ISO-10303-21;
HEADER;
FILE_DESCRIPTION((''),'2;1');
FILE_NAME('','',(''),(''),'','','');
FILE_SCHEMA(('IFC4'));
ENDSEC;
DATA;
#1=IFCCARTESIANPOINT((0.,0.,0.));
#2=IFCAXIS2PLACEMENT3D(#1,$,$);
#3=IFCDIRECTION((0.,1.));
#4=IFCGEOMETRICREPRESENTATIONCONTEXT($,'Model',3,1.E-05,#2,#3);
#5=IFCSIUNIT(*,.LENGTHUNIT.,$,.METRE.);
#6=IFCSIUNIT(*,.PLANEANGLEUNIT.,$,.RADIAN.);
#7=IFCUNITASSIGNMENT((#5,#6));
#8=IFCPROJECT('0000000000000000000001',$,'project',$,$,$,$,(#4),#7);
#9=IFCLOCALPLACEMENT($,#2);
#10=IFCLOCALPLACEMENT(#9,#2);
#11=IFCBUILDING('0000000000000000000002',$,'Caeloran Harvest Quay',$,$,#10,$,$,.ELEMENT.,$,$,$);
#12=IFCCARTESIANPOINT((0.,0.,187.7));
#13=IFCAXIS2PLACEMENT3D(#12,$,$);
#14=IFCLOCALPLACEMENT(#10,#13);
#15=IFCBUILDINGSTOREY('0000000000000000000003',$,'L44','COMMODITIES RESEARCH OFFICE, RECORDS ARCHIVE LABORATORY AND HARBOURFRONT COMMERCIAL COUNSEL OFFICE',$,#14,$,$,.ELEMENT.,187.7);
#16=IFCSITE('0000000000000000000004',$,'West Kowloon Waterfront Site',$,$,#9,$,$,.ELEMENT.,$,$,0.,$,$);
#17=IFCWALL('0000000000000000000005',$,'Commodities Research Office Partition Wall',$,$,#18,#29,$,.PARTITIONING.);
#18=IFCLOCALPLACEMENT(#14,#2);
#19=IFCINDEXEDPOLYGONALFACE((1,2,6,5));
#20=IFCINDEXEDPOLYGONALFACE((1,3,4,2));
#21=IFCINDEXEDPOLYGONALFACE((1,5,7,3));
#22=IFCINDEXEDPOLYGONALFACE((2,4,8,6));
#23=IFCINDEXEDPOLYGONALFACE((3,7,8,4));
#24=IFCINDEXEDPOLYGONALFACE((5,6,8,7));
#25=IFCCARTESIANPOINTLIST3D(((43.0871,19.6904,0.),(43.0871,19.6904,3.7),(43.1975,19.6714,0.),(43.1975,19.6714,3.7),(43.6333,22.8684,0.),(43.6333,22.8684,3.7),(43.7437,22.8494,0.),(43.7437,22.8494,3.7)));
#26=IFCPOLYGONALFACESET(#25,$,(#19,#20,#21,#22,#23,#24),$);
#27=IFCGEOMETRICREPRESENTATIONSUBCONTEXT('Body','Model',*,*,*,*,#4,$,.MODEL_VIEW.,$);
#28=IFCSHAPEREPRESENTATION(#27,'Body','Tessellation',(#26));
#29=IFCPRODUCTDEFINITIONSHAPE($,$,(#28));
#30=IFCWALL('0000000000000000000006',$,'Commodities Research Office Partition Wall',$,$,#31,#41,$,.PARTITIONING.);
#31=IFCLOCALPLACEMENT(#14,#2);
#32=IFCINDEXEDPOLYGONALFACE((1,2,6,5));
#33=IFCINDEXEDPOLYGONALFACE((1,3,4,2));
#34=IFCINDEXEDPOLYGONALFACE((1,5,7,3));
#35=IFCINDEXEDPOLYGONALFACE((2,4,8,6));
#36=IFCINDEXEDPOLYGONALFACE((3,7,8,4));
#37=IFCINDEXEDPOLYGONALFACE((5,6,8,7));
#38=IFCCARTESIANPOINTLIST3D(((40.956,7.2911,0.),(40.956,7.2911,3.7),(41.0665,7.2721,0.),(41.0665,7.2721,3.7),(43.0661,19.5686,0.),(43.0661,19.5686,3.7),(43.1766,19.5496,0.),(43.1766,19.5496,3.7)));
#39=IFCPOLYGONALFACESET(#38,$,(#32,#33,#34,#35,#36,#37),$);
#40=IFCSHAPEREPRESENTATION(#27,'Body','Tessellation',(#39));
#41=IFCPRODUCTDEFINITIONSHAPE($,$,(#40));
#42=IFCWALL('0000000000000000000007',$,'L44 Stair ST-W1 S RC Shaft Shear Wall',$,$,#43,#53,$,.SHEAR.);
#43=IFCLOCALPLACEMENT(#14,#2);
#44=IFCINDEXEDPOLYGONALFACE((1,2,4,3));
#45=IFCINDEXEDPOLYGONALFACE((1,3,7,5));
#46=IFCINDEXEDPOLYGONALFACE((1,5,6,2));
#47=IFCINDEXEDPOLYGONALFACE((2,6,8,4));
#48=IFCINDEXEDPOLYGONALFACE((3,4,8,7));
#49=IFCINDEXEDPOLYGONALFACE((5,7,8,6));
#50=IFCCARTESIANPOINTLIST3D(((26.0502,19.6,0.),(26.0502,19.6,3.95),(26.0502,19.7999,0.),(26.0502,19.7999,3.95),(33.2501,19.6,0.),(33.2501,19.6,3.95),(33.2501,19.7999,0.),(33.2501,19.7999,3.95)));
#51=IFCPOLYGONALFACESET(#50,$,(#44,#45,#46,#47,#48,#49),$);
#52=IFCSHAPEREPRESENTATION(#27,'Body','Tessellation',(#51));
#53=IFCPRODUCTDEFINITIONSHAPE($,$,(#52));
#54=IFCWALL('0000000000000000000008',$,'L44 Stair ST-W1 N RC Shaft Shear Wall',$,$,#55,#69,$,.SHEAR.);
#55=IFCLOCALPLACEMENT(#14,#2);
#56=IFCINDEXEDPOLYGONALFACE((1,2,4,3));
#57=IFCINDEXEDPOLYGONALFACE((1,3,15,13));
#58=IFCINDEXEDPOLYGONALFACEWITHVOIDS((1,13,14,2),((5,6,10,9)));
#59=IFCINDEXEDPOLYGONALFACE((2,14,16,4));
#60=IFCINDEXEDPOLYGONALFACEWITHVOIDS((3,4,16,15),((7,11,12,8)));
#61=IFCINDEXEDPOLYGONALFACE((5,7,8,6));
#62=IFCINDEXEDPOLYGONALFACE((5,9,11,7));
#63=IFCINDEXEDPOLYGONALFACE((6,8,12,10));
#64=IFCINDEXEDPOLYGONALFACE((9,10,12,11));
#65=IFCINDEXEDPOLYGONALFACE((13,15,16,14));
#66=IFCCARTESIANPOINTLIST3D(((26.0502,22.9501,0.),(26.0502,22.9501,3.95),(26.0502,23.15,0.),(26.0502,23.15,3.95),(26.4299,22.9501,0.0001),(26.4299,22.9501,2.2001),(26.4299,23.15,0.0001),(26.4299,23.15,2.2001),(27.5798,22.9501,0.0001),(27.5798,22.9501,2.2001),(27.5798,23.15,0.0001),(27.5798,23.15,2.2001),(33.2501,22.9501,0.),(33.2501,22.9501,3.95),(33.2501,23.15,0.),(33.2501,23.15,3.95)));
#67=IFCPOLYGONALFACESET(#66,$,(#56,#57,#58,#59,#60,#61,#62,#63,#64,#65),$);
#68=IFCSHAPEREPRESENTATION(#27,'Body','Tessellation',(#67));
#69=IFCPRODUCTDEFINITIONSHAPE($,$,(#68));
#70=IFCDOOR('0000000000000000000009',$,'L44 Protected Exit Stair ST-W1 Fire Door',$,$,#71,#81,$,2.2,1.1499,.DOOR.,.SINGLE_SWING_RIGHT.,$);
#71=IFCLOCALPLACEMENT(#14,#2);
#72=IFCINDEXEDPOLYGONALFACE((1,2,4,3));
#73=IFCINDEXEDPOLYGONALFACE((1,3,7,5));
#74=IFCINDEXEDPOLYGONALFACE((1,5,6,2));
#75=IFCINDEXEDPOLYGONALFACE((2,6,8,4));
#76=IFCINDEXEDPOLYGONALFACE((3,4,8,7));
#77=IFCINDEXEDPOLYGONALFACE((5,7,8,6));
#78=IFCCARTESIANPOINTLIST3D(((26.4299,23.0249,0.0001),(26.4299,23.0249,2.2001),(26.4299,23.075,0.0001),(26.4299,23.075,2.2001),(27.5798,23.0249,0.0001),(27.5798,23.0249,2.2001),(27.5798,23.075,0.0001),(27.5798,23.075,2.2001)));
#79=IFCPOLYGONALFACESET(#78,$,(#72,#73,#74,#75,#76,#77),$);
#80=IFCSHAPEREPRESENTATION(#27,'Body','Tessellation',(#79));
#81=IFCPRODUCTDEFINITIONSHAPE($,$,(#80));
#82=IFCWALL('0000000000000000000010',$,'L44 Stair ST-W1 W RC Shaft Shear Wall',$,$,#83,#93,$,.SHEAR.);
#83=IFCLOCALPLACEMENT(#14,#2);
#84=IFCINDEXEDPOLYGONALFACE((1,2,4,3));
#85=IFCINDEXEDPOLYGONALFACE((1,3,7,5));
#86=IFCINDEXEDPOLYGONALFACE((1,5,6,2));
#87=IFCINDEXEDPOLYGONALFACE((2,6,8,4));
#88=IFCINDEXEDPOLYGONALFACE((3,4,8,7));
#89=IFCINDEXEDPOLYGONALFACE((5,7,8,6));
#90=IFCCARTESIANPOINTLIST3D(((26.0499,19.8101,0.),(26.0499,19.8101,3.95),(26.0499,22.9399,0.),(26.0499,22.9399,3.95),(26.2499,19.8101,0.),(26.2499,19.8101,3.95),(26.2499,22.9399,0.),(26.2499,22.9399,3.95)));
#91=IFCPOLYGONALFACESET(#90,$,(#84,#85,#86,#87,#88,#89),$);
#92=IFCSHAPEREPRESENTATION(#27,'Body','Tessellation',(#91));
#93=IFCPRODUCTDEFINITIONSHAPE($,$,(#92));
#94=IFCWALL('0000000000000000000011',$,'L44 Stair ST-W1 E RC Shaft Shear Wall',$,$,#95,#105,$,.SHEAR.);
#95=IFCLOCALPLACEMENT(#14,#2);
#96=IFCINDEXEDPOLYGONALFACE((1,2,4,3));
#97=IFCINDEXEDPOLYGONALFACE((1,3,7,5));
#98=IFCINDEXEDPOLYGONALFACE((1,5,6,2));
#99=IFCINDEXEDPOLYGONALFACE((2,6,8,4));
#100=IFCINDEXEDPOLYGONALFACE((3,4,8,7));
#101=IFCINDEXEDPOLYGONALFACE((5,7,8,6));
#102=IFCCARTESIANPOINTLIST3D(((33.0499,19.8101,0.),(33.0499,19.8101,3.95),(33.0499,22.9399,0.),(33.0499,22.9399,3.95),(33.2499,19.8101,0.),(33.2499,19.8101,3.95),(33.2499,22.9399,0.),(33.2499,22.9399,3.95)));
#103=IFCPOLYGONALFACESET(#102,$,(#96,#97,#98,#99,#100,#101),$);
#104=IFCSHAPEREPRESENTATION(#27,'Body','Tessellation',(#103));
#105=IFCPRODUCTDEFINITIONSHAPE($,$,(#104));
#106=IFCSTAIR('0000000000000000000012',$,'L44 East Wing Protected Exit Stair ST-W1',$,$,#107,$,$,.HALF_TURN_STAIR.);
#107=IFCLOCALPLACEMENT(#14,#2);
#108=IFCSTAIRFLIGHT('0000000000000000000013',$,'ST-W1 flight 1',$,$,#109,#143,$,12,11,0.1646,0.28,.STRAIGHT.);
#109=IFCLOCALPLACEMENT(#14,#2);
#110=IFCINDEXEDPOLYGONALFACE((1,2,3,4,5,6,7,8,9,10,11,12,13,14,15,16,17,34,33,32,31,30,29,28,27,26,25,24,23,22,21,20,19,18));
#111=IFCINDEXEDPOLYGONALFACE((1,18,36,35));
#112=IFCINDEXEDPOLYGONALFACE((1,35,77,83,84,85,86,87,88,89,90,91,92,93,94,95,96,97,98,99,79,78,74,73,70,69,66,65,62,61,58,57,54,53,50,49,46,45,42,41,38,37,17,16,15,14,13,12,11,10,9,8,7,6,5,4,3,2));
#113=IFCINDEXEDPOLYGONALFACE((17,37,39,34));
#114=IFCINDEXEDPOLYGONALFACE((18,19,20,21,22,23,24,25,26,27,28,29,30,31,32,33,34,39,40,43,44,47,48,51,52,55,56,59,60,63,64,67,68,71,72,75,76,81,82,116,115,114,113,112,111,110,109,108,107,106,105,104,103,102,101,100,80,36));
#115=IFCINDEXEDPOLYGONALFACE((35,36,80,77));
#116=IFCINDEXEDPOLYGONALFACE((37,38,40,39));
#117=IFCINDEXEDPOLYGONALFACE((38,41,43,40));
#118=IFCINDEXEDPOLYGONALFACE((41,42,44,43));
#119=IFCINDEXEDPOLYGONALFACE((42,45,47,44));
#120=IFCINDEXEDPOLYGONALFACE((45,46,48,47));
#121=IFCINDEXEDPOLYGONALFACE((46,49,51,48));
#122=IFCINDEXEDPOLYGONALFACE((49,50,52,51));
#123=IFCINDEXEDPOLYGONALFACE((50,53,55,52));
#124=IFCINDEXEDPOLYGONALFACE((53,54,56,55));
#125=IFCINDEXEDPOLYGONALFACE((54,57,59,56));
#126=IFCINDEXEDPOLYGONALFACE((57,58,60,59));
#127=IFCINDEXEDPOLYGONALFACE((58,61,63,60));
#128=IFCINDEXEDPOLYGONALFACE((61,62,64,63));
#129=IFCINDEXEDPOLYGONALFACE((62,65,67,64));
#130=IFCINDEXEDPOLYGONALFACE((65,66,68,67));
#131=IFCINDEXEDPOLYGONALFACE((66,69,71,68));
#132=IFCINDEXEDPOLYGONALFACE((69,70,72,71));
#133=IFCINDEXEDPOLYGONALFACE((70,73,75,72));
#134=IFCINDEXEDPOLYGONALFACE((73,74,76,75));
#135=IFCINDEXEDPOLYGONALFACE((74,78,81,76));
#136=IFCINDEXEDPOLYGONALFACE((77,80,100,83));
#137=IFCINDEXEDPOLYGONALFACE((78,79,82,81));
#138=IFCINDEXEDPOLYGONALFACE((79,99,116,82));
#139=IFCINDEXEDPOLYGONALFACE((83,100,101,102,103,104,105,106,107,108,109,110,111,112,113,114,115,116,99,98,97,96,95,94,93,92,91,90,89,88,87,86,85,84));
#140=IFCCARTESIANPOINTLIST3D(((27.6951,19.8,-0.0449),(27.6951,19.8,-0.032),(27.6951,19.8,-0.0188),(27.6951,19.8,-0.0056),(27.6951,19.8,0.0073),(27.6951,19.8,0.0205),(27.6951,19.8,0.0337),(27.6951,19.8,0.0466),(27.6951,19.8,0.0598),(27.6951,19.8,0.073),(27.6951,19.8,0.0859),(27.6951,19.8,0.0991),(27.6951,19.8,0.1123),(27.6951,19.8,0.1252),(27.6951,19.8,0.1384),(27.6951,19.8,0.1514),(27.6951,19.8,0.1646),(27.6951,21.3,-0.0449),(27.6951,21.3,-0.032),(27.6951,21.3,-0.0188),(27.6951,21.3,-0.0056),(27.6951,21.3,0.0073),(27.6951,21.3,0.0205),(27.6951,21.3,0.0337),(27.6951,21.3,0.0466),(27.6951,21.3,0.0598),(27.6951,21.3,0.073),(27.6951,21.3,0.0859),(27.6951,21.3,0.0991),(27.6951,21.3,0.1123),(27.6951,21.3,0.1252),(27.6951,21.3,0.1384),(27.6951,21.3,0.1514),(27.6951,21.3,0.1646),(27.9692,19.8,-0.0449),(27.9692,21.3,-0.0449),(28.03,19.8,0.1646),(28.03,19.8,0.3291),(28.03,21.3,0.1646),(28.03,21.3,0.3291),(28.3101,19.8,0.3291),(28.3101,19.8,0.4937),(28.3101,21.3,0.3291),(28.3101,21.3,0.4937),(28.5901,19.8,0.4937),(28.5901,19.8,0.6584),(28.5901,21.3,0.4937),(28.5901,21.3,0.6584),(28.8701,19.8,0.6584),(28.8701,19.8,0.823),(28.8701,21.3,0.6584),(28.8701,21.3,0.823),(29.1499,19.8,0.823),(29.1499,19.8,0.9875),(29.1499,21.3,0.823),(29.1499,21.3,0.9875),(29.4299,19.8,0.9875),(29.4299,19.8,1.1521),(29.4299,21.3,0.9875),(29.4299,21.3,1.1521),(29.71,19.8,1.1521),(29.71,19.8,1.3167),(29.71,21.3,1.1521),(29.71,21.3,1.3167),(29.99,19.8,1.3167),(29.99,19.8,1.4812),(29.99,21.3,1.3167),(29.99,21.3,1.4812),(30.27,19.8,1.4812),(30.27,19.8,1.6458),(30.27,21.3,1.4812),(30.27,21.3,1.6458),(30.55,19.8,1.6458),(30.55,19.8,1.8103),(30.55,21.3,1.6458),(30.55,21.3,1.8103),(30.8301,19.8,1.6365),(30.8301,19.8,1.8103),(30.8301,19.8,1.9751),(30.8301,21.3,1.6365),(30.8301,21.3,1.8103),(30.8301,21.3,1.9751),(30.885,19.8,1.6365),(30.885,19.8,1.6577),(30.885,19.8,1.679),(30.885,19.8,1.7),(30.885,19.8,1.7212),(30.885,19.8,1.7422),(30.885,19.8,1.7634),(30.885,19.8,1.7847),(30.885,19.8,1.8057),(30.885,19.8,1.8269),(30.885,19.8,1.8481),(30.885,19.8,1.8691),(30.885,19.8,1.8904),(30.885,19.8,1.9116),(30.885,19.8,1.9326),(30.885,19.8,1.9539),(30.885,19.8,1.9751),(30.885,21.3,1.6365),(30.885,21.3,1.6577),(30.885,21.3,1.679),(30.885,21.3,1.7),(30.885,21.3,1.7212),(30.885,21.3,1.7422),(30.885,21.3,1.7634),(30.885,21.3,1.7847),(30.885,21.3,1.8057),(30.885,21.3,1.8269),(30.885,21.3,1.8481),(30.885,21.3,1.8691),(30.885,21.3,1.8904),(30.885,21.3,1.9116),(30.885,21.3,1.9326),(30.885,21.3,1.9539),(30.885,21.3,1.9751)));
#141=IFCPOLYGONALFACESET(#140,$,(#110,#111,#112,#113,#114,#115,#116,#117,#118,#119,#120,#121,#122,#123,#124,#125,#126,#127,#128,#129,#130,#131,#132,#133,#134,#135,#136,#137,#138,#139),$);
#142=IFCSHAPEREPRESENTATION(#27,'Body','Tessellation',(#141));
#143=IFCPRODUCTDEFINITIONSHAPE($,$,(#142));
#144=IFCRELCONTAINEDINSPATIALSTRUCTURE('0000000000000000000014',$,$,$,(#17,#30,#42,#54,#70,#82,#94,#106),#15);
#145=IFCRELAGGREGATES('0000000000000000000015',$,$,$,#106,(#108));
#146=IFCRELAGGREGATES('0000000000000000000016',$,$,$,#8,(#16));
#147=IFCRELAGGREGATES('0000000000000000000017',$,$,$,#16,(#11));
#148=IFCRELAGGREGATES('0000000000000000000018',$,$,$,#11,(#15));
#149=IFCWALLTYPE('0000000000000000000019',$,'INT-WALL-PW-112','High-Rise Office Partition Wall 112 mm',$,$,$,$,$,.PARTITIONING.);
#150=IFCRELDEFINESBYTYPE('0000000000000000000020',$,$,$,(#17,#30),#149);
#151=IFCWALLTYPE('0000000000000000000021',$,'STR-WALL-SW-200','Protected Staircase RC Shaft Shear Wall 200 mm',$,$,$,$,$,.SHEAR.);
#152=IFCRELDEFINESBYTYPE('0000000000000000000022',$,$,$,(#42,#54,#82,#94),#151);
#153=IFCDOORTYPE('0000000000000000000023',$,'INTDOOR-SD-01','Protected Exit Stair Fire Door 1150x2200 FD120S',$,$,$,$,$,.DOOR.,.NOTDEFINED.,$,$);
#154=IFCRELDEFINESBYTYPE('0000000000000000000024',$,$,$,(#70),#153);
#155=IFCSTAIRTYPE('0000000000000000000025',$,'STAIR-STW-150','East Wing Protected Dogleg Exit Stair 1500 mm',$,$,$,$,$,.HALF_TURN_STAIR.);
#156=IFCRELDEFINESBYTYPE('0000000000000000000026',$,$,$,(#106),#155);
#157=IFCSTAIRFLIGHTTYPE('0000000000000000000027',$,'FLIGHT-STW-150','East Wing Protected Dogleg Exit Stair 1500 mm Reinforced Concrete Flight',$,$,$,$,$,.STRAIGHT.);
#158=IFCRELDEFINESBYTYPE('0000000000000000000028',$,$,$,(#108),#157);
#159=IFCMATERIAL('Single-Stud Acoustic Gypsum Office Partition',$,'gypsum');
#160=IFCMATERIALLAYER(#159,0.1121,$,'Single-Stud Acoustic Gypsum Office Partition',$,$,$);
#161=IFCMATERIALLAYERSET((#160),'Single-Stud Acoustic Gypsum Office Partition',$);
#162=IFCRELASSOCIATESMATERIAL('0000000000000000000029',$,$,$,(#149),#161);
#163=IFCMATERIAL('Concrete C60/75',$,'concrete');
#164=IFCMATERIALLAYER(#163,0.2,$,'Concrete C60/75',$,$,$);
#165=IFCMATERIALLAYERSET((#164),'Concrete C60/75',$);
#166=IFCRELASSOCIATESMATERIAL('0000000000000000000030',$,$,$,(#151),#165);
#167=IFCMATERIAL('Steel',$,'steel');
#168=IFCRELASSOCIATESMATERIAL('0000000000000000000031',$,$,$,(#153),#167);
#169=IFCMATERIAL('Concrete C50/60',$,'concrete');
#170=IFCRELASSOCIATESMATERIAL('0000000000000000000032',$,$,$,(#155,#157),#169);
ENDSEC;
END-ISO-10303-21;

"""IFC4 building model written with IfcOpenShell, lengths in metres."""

from ifc_helpers import new_model, si_unit, direction, frame, frame_2d, origin, place, context, subcontext, project, spatial, polyline, rectangle, outline, extrude, material, layer, layer_set, type_object, element, fill, aggregate, save


model = new_model("IFC4")

# Units and contexts
model_context = context("Model", 3, precision=1e-05, world=origin(), true_north=direction((0.0, 1.0)))
body_context = subcontext(model_context, "Body", "Model", "MODEL_VIEW")
ifc_project = project(units=[si_unit("LENGTHUNIT", "METRE"), si_unit("PLANEANGLEUNIT", "RADIAN")], contexts=[model_context])

# Site, building, storey
site_placement = place(None, origin())
site = spatial("IfcSite", under=ifc_project, at=site_placement, Name="West Kowloon Waterfront Site", CompositionType="ELEMENT", RefElevation=0.0)
building_placement = place(site_placement, origin())
building = spatial("IfcBuilding", under=site, at=building_placement, Name="Caeloran Harvest Quay", CompositionType="ELEMENT")
storey_placement = place(building_placement, frame((0.0, 0.0, 187.7)))
storey = spatial("IfcBuildingStorey", under=building, at=storey_placement, Name="L44", Description="COMMODITIES RESEARCH OFFICE, RECORDS ARCHIVE LABORATORY AND HARBOURFRONT COMMERCIAL COUNSEL OFFICE", CompositionType="ELEMENT", Elevation=187.7)

# Walls
ifc_material_1 = material(Name="Single-Stud Acoustic Gypsum Office Partition", Category="gypsum")
ifc_layer_1 = layer(ifc_material_1, 0.1121, Name="Single-Stud Acoustic Gypsum Office Partition")
ifc_layer_set_1 = layer_set([ifc_layer_1], Name="Single-Stud Acoustic Gypsum Office Partition")
wall_type_1 = type_object("IfcWallType", Name="INT-WALL-PW-112", Description="High-Rise Office Partition Wall 112 mm", PredefinedType="PARTITIONING", material=ifc_layer_set_1)
wall_1_placement = place(storey_placement, frame((43.6885, 22.8589, 0.0), z_axis=(0.0, 0.0, 1.0), x_axis=(-0.169369, -0.985553, 0.0)))
element("IfcWall", 1, at=wall_1_placement, inside=storey, type_object=wall_type_1, Name="Commodities Research Office Partition Wall", PredefinedType="PARTITIONING", context=body_context, shape_type="SweptSolid", body=[
    extrude(rectangle(XDim=3.2246, YDim=0.1121, at=frame_2d((1.6123, 0.0))), origin(), (0.0, 0.0, 1.0), 3.7),
])
wall_2_placement = place(storey_placement, frame((43.1213, 19.5591, 0.0), z_axis=(0.0, 0.0, 1.0), x_axis=(-0.169383, -0.98555, 0.0)))
element("IfcWall", 2, at=wall_2_placement, inside=storey, type_object=wall_type_1, Name="Commodities Research Office Partition Wall", PredefinedType="PARTITIONING", context=body_context, shape_type="SweptSolid", body=[
    extrude(rectangle(XDim=12.4575, YDim=0.1121, at=frame_2d((6.2288, 0.0))), origin(), (0.0, 0.0, 1.0), 3.7),
])
ifc_material_2 = material(Name="Concrete C60/75", Category="concrete")
ifc_layer_2 = layer(ifc_material_2, 0.2, Name="Concrete C60/75")
ifc_layer_set_2 = layer_set([ifc_layer_2], Name="Concrete C60/75")
wall_type_2 = type_object("IfcWallType", Name="STR-WALL-SW-200", Description="Protected Staircase RC Shaft Shear Wall 200 mm", PredefinedType="SHEAR", material=ifc_layer_set_2)
wall_3_placement = place(storey_placement, frame((26.05, 19.7, 0.0), z_axis=(0.0, 0.0, 1.0), x_axis=(1.0, 0.0, 0.0)))
element("IfcWall", 3, at=wall_3_placement, inside=storey, type_object=wall_type_2, Name="L44 Stair ST-W1 S RC Shaft Shear Wall", PredefinedType="SHEAR", context=body_context, shape_type="SweptSolid", body=[
    extrude(rectangle(XDim=7.2, YDim=0.2, at=frame_2d((3.6001, 0.0))), origin(), (0.0, 0.0, 1.0), 3.95),
])

# Wall, opening, door
wall_4_placement = place(storey_placement, frame((26.05, 23.05, 0.0), z_axis=(0.0, 0.0, 1.0), x_axis=(1.0, 0.0, 0.0)))
wall_4 = element("IfcWall", 4, at=wall_4_placement, inside=storey, type_object=wall_type_2, Name="L44 Stair ST-W1 N RC Shaft Shear Wall", PredefinedType="SHEAR", context=body_context, shape_type="SweptSolid", body=[
    extrude(rectangle(XDim=7.2, YDim=0.2, at=frame_2d((3.6001, 0.0))), origin(), (0.0, 0.0, 1.0), 3.95),
])
opening_placement = place(wall_4_placement, frame((0.3799, 0.0, 0.0)))
opening = element("IfcOpeningElement", 5, at=opening_placement, cuts=wall_4, PredefinedType="OPENING", context=body_context, shape_type="SweptSolid", body=[
    extrude(rectangle(XDim=1.1499, YDim=2.2, at=frame_2d((0.575, 1.1001))), frame((0.0, 0.1099, 0.0), z_axis=(0.0, -1.0, 0.0), x_axis=(1.0, 0.0, 0.0)), (0.0, 0.0, 1.0), 0.22),
])
ifc_material_3 = material(Name="Steel", Category="steel")
door_type = type_object("IfcDoorType", Name="INTDOOR-SD-01", Description="Protected Exit Stair Fire Door 1150x2200 FD120S", OperationType="NOTDEFINED", PredefinedType="DOOR", material=ifc_material_3)
door_placement = place(opening_placement, origin())
door = element("IfcDoor", 6, at=door_placement, inside=storey, type_object=door_type, Name="L44 Protected Exit Stair ST-W1 Fire Door", OperationType="SINGLE_SWING_RIGHT", OverallHeight=2.2, OverallWidth=1.1499, PredefinedType="DOOR", context=body_context, shape_type="SweptSolid", body=[
    extrude(rectangle(XDim=1.1499, YDim=2.2, at=frame_2d((0.575, 1.1001))), frame((0.0, 0.0249, 0.0), z_axis=(0.0, -1.0, 0.0), x_axis=(1.0, 0.0, 0.0)), (0.0, 0.0, 1.0), 0.05),
])
fill(opening, door)

# Walls
for number, where, z_axis, x_axis, name in (
    (7, (26.1499, 19.8101, 0.0), (0.0, 0.0, 1.0), (0.0, 1.0, 0.0), "L44 Stair ST-W1 W RC Shaft Shear Wall"),
    (8, (33.1499, 19.8101, 0.0), (0.0, 0.0, 1.0), (0.0, 1.0, 0.0), "L44 Stair ST-W1 E RC Shaft Shear Wall"),
):
    element("IfcWall", number, at=place(storey_placement, frame(where, z_axis=z_axis, x_axis=x_axis)), inside=storey, type_object=wall_type_2, Name=name, PredefinedType="SHEAR", context=body_context, shape_type="SweptSolid", body=[
        extrude(rectangle(XDim=3.1299, YDim=0.2, at=frame_2d((1.5649, 0.0))), origin(), (0.0, 0.0, 1.0), 3.95),
    ])

# Stair, stair flight
ifc_material_4 = material(Name="Concrete C50/60", Category="concrete")
stair_type = type_object("IfcStairType", Name="STAIR-STW-150", Description="East Wing Protected Dogleg Exit Stair 1500 mm", PredefinedType="HALF_TURN_STAIR", material=ifc_material_4)
stair_placement = place(storey_placement, origin())
stair = element("IfcStair", 9, at=stair_placement, inside=storey, type_object=stair_type, Name="L44 East Wing Protected Exit Stair ST-W1", PredefinedType="HALF_TURN_STAIR")
stair_flight_type = type_object("IfcStairFlightType", Name="FLIGHT-STW-150", Description="East Wing Protected Dogleg Exit Stair 1500 mm Reinforced Concrete Flight", PredefinedType="STRAIGHT", material=ifc_material_4)
stair_flight_1_placement = place(storey_placement, frame((27.75, 20.55, 0.0), z_axis=(0.0, 0.0, 1.0), x_axis=(1.0, 0.0, 0.0)))
stair_flight_1 = element("IfcStairFlight", 10, at=stair_flight_1_placement, type_object=stair_flight_type, Name="ST-W1 flight 1", NumberOfRisers=12, NumberOfTreads=11, PredefinedType="STRAIGHT", RiserHeight=0.1646, TreadLength=0.28, context=body_context, shape_type="SweptSolid", body=[
    extrude(outline(polyline([(-0.0549, -0.0449), (-0.0549, -0.032), (-0.0549, -0.0188), (-0.0549, -0.0056), (-0.0549, 0.0073), (-0.0549, 0.0205), (-0.0549, 0.0337), (-0.0549, 0.0466), (-0.0549, 0.0598), (-0.0549, 0.073), (-0.0549, 0.0859), (-0.0549, 0.0991), (-0.0549, 0.1123), (-0.0549, 0.1252), (-0.0549, 0.1384), (-0.0549, 0.1514), (-0.0549, 0.1646), (0.28, 0.1646), (0.28, 0.3291), (0.5601, 0.3291), (0.5601, 0.4937), (0.8401, 0.4937), (0.8401, 0.6584), (1.1201, 0.6584), (1.1201, 0.823), (1.3999, 0.823), (1.3999, 0.9875), (1.6799, 0.9875), (1.6799, 1.1521), (1.96, 1.1521), (1.96, 1.3167), (2.24, 1.3167), (2.24, 1.4812), (2.52, 1.4812), (2.52, 1.6458), (2.8, 1.6458), (2.8, 1.8103), (3.0801, 1.8103), (3.0801, 1.9751), (3.135, 1.9751), (3.135, 1.9539), (3.135, 1.9326), (3.135, 1.9116), (3.135, 1.8904), (3.135, 1.8691), (3.135, 1.8481), (3.135, 1.8269), (3.135, 1.8057), (3.135, 1.7847), (3.135, 1.7634), (3.135, 1.7422), (3.135, 1.7212), (3.135, 1.7), (3.135, 1.679), (3.135, 1.6577), (3.135, 1.6365), (3.0801, 1.6365), (0.2192, -0.0449), (-0.0549, -0.0449)])), frame((0.0, 0.75, 0.0), z_axis=(0.0, -1.0, 0.0), x_axis=(1.0, 0.0, 0.0)), (0.0, 0.0, 1.0), 1.5),
])
aggregate(stair, [stair_flight_1])

save(model, "model.ifc")
